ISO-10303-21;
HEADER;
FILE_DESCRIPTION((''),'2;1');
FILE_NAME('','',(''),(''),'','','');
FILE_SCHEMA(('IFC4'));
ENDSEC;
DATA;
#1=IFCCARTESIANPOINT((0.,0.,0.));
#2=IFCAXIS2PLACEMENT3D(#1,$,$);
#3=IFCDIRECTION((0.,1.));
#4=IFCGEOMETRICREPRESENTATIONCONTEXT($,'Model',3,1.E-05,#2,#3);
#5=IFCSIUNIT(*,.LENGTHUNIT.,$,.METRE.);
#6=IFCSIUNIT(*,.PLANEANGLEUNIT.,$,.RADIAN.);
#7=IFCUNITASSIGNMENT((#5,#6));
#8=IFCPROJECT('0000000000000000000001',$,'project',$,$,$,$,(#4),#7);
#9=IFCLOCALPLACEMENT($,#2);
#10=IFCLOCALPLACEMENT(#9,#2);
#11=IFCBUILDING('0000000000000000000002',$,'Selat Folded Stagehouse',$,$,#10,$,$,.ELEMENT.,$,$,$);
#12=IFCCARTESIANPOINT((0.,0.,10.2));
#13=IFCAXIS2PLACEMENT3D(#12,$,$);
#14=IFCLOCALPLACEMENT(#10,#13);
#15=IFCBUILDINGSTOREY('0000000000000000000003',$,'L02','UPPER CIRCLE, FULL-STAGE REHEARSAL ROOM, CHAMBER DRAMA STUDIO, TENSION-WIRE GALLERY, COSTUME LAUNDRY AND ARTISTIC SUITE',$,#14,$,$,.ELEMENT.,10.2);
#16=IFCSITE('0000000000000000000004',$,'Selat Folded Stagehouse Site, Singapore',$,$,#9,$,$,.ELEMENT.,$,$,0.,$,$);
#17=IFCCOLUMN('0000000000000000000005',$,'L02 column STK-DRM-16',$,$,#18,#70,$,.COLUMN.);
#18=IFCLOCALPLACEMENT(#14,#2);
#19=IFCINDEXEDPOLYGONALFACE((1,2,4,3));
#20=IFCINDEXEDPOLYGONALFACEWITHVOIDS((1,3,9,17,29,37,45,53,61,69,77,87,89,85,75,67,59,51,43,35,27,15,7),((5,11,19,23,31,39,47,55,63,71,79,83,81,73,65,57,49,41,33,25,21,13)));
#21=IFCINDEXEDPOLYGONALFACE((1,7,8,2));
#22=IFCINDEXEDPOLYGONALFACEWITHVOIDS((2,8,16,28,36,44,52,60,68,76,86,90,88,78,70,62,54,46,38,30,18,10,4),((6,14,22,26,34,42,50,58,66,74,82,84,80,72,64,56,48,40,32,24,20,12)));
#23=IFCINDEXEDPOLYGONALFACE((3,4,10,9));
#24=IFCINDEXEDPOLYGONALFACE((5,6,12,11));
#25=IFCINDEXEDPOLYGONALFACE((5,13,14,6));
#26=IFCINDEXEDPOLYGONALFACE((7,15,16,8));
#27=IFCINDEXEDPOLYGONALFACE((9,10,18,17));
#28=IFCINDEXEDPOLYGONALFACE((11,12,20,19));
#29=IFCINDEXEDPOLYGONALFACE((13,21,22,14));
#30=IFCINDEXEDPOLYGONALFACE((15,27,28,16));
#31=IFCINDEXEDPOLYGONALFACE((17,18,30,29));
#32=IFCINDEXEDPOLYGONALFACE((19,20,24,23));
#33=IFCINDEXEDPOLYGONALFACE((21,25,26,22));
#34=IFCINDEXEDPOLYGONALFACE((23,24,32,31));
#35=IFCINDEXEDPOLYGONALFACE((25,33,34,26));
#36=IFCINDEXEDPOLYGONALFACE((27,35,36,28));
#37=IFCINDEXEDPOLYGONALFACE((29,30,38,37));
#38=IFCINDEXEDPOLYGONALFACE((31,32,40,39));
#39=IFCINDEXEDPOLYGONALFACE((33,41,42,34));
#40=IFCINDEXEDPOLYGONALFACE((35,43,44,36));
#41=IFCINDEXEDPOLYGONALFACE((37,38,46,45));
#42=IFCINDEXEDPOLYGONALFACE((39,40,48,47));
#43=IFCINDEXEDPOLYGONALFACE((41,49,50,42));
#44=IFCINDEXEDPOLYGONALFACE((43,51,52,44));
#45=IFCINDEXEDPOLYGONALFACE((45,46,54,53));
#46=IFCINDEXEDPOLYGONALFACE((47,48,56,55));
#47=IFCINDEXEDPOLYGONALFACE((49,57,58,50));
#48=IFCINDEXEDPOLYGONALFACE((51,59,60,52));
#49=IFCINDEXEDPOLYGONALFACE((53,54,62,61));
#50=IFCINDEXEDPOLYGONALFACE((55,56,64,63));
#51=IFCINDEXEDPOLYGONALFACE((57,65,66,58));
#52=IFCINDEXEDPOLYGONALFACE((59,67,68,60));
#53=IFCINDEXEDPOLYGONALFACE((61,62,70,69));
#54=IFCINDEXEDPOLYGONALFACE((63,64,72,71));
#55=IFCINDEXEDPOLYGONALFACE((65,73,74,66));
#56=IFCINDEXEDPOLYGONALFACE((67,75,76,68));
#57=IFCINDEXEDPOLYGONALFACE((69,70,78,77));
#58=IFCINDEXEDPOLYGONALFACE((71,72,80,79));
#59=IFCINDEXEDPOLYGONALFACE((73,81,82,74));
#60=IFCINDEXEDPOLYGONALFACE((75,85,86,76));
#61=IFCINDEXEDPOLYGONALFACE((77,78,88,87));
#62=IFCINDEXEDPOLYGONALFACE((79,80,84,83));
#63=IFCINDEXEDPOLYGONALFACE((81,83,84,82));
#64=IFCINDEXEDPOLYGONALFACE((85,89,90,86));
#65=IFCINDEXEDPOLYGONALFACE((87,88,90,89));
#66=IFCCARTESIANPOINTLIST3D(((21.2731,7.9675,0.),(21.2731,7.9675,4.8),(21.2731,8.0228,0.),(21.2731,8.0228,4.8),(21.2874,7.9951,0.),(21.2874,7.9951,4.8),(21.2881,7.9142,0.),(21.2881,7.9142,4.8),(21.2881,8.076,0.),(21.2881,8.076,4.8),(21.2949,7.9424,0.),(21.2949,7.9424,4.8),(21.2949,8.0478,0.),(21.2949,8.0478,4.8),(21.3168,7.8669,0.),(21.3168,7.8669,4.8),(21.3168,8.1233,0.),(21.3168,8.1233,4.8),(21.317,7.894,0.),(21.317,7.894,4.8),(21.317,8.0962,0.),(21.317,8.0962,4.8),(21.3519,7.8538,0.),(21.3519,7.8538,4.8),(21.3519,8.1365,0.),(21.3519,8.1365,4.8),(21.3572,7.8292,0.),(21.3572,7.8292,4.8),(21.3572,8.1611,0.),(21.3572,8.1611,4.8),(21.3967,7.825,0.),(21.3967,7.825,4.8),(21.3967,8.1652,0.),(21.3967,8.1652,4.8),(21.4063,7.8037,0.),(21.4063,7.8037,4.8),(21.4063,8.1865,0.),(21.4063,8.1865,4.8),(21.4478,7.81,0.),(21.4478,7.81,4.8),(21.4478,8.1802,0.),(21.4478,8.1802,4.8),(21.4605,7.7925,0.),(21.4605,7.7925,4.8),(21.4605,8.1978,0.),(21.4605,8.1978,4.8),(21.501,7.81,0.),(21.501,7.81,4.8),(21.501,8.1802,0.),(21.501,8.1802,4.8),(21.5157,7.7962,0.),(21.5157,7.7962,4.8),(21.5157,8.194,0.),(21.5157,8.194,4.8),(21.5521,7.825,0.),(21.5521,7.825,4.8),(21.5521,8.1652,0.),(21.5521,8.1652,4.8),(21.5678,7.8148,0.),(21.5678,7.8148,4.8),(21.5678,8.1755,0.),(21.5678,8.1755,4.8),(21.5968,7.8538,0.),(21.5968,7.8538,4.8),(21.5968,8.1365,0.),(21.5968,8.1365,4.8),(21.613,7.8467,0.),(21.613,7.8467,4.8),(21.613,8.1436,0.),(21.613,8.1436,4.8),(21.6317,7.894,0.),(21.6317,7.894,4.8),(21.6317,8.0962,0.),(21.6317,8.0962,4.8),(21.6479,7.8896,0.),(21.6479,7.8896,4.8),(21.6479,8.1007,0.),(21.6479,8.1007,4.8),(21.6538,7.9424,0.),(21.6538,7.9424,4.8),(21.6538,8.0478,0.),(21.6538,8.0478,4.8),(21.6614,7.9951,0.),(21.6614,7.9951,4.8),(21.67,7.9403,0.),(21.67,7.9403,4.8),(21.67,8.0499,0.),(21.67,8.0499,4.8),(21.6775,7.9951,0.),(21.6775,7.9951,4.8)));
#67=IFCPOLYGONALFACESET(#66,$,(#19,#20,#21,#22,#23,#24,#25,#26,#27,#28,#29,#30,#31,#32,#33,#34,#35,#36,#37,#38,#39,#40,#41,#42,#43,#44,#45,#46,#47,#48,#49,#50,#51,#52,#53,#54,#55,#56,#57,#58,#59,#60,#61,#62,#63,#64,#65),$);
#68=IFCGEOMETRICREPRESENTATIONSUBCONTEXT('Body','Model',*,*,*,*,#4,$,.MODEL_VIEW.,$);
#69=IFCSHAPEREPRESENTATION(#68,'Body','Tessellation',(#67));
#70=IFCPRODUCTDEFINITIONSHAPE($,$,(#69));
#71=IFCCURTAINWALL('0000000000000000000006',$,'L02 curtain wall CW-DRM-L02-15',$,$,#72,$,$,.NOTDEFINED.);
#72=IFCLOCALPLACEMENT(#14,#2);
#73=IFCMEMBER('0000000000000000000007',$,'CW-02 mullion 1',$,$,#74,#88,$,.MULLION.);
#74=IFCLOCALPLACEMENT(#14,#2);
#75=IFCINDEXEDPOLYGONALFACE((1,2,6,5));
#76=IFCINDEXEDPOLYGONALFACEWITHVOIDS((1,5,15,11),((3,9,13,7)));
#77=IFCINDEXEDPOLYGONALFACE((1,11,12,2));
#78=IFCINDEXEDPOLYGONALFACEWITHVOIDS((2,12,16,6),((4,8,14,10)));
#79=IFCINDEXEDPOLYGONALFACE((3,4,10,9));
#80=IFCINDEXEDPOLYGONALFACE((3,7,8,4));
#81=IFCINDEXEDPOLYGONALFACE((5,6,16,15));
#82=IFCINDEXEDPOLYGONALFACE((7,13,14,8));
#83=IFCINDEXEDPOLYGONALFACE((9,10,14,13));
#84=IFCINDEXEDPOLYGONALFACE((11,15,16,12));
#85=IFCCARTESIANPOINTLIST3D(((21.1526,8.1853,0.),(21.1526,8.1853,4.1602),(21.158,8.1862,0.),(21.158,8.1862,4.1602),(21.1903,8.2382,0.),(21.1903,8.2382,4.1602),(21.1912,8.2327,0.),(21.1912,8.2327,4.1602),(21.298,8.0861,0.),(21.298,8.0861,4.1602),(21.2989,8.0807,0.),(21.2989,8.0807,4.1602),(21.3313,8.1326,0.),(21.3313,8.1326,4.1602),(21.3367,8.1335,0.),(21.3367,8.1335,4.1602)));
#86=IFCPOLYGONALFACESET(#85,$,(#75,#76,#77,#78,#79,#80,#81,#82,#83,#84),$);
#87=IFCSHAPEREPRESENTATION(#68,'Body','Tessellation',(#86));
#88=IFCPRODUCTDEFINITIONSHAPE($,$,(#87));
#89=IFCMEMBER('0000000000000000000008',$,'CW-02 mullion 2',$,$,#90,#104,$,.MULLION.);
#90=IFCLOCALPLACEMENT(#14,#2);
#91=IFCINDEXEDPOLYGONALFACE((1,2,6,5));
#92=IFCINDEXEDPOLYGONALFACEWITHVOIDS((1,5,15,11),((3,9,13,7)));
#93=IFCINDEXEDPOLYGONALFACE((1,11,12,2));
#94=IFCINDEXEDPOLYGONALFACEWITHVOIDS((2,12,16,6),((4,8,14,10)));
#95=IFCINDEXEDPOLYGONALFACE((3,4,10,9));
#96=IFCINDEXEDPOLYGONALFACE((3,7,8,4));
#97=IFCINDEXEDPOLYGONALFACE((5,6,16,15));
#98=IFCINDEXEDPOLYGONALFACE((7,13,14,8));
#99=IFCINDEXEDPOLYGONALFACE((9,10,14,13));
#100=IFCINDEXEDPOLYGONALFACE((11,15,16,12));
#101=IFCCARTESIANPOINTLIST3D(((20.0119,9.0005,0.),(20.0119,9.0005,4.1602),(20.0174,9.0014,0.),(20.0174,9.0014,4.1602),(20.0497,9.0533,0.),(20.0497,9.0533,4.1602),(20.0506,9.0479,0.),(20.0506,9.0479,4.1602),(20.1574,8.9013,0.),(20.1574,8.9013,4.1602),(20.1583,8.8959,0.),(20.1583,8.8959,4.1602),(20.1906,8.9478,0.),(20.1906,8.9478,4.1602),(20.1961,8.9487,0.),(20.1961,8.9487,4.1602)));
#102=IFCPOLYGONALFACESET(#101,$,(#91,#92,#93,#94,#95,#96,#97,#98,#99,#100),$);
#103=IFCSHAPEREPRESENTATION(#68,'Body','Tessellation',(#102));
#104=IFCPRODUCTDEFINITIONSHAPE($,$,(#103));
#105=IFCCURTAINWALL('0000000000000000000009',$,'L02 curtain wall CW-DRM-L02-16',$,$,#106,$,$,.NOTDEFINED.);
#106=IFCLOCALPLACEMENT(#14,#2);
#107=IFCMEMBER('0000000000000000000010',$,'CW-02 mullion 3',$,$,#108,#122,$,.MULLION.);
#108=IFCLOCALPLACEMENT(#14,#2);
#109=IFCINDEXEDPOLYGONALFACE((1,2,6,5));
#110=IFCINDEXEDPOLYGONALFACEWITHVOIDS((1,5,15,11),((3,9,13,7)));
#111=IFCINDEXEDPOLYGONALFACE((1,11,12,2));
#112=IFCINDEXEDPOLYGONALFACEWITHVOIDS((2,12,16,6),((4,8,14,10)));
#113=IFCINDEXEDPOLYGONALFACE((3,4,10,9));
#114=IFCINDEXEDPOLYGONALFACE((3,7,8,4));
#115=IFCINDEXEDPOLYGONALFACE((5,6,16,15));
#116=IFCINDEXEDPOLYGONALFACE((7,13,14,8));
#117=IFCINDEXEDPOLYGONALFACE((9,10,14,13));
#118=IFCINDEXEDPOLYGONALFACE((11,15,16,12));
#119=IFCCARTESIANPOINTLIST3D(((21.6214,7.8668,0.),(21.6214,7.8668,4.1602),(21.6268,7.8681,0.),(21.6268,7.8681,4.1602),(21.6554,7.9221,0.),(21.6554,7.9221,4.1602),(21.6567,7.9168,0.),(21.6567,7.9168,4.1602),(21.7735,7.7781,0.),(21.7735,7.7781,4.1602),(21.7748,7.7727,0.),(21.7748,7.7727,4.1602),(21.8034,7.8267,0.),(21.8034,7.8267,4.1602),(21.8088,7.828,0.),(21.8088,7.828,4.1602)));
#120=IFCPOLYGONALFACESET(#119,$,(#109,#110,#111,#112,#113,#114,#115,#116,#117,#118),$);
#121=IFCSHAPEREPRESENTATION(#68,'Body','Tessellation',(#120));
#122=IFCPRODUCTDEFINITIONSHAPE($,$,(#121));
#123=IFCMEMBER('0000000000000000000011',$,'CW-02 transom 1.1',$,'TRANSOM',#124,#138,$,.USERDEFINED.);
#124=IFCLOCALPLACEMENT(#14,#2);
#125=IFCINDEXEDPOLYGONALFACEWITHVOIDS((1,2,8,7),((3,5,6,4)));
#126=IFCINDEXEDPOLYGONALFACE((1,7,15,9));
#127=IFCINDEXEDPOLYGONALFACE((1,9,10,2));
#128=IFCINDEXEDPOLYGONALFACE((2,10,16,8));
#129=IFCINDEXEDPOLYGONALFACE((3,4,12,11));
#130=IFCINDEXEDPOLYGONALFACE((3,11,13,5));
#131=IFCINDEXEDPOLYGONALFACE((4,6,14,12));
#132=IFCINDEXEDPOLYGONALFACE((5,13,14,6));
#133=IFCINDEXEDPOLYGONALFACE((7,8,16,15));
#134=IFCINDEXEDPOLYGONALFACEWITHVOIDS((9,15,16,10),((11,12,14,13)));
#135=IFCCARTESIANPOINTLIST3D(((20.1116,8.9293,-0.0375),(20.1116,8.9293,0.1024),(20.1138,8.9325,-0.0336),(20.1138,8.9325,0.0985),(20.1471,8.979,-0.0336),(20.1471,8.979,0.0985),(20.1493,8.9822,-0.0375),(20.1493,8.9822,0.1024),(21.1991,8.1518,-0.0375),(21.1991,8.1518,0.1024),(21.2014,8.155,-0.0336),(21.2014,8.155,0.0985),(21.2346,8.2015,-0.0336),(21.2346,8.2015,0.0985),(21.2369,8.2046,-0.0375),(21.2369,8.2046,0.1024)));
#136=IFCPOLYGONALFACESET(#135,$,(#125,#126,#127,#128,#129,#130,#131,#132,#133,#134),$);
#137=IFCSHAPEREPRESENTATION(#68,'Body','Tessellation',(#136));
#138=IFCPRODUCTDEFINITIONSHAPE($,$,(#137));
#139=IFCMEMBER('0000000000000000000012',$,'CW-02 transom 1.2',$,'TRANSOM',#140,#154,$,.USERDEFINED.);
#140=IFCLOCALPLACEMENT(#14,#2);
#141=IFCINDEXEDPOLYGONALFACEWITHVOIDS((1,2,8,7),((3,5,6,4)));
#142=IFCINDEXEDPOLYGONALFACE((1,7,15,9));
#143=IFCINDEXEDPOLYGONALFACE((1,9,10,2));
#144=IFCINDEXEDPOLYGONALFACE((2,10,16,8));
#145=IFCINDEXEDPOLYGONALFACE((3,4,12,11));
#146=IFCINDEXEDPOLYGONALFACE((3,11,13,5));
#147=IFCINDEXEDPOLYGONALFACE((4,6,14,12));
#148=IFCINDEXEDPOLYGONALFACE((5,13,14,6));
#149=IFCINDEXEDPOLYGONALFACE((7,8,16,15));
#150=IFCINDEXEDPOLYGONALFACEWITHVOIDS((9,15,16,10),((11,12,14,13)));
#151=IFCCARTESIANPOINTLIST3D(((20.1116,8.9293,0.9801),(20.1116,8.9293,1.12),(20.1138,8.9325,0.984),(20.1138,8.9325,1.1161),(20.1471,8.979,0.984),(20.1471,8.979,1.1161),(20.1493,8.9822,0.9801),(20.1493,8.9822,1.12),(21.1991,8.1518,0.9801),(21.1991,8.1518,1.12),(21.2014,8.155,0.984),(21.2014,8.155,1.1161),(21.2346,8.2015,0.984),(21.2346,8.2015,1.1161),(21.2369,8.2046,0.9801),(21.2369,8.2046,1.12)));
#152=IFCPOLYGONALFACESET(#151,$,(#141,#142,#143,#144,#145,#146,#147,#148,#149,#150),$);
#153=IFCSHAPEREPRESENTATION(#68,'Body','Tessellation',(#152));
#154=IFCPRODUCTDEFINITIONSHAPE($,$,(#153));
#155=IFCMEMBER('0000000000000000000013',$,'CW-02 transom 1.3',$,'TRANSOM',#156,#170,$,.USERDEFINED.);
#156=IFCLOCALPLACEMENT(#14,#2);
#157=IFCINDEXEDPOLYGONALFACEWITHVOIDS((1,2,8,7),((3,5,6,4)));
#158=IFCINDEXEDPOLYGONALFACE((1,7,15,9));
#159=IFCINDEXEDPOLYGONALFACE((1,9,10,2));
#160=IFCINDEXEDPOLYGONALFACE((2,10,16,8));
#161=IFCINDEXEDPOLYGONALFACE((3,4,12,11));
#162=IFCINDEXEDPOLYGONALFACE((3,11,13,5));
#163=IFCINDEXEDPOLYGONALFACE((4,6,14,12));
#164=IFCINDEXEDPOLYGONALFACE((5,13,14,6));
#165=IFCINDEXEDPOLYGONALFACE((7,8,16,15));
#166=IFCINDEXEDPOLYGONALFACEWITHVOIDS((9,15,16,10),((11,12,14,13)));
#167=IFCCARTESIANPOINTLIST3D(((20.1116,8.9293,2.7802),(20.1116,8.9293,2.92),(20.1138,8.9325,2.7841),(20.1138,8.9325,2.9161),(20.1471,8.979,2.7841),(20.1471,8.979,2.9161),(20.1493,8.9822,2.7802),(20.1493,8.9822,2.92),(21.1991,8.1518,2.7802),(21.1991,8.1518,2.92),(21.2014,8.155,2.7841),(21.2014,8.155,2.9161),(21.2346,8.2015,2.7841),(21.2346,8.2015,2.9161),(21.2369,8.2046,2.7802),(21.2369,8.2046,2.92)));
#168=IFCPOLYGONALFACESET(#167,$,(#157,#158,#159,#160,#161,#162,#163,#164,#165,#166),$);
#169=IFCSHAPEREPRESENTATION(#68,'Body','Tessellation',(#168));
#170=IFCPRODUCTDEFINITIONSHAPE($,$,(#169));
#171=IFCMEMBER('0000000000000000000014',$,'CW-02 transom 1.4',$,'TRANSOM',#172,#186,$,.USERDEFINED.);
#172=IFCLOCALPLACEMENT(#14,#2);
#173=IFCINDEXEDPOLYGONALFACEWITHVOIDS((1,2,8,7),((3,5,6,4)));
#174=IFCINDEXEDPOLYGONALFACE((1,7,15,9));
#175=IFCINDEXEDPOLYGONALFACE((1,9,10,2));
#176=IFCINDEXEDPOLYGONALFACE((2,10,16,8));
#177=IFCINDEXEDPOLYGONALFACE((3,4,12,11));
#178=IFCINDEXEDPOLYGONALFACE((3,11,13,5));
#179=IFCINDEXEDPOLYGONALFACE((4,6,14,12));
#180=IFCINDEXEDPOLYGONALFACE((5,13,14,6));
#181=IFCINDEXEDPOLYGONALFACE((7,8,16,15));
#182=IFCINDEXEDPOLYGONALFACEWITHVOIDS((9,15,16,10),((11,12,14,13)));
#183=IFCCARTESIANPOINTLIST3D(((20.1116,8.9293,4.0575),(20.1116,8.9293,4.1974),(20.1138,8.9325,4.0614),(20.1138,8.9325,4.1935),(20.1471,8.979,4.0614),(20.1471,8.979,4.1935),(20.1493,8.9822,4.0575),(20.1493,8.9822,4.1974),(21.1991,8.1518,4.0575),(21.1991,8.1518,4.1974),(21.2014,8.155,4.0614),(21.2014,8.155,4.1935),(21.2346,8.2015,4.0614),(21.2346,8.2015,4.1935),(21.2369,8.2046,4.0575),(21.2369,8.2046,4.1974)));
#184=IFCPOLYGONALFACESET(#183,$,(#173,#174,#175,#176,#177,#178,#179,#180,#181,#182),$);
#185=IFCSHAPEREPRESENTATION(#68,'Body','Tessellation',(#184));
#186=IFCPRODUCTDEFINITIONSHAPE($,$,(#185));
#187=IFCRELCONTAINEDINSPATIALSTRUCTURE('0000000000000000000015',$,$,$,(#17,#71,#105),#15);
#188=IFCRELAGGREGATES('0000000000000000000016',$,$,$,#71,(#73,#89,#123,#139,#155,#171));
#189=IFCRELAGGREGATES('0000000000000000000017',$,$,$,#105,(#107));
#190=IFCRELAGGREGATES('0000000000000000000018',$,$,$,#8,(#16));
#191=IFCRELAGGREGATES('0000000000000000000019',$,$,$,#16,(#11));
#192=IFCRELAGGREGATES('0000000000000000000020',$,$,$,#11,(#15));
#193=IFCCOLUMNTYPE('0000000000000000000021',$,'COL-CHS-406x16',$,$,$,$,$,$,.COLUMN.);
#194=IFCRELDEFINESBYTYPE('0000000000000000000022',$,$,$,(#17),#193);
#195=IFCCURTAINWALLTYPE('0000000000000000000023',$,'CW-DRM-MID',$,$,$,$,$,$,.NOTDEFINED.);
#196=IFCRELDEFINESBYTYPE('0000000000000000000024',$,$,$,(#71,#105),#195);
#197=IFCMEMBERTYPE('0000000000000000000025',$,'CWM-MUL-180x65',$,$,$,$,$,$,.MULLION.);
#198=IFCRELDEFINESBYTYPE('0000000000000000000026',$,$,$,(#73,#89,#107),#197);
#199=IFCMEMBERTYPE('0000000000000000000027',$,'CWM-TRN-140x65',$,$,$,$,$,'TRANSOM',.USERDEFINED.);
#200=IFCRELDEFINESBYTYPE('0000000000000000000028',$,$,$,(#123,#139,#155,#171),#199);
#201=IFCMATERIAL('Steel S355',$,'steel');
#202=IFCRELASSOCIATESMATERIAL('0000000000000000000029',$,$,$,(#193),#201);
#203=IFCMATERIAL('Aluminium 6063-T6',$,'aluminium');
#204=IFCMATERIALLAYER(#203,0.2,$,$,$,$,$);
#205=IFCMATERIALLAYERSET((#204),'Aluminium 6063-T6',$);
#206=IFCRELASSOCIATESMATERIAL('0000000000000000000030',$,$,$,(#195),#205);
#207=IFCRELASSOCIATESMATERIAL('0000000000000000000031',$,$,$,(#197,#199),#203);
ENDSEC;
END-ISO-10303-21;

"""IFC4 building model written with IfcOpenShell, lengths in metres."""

from ifc_helpers import new_model, si_unit, direction, frame, origin, origin_2d, place, context, subcontext, project, spatial, hollow_rectangle, hollow_circle, extrude, material, layer, layer_set, material_profile, profile_set, type_object, element, aggregate, save


model = new_model("IFC4")

# Units and contexts
model_context = context("Model", 3, precision=1e-05, world=origin(), true_north=direction((0.0, 1.0)))
body_context = subcontext(model_context, "Body", "Model", "MODEL_VIEW")
ifc_project = project(units=[si_unit("LENGTHUNIT", "METRE"), si_unit("PLANEANGLEUNIT", "RADIAN")], contexts=[model_context])

# Site, building, storey
site_placement = place(None, origin())
site = spatial("IfcSite", under=ifc_project, at=site_placement, Name="Selat Folded Stagehouse Site, Singapore", CompositionType="ELEMENT", RefElevation=0.0)
building_placement = place(site_placement, origin())
building = spatial("IfcBuilding", under=site, at=building_placement, Name="Selat Folded Stagehouse", CompositionType="ELEMENT")
storey_placement = place(building_placement, frame((0.0, 0.0, 10.2)))
storey = spatial("IfcBuildingStorey", under=building, at=storey_placement, Name="L02", Description="UPPER CIRCLE, FULL-STAGE REHEARSAL ROOM, CHAMBER DRAMA STUDIO, TENSION-WIRE GALLERY, COSTUME LAUNDRY AND ARTISTIC SUITE", CompositionType="ELEMENT", Elevation=10.2)

# Column
ifc_material_1 = material(Name="Steel S355", Category="steel")
ifc_material_profile_1 = material_profile(ifc_material_1, hollow_circle(Radius=0.2031, WallThickness=0.0161, at=origin_2d()), Name="CHS 406.4x16.0")
ifc_profile_set_1 = profile_set([ifc_material_profile_1], Name="Steel S355")
column_type = type_object("IfcColumnType", Name="COL-CHS-406x16", PredefinedType="COLUMN", material=ifc_profile_set_1)
column_placement = place(storey_placement, frame((21.4744, 7.9951, 0.0), z_axis=(0.0, 0.0, 1.0), x_axis=(1.0, 0.0, 0.0)))
element("IfcColumn", 1, at=column_placement, inside=storey, type_object=column_type, Name="L02 column STK-DRM-16", PredefinedType="COLUMN", context=body_context, shape_type="SweptSolid", body=[
    extrude(hollow_circle(Radius=0.2031, WallThickness=0.0161, at=origin_2d()), origin(), (0.0, 0.0, 1.0), 4.8),
])

# Curtain wall, members
ifc_material_2 = material(Name="Aluminium 6063-T6", Category="aluminium")
ifc_layer_1 = layer(ifc_material_2, 0.2)
ifc_layer_set_1 = layer_set([ifc_layer_1], Name="Aluminium 6063-T6")
curtain_wall_type = type_object("IfcCurtainWallType", Name="CW-DRM-MID", PredefinedType="NOTDEFINED", material=ifc_layer_set_1)
curtain_wall_1_placement = place(storey_placement, origin())
curtain_wall_1 = element("IfcCurtainWall", 2, at=curtain_wall_1_placement, inside=storey, type_object=curtain_wall_type, Name="L02 curtain wall CW-DRM-L02-15", PredefinedType="NOTDEFINED")
ifc_material_profile_2 = material_profile(ifc_material_2, hollow_rectangle(XDim=0.0649, YDim=0.1799, WallThickness=0.0039, at=origin_2d()), Name="ALU 180x65x4.0")
ifc_profile_set_2 = profile_set([ifc_material_profile_2], Name="Aluminium 6063-T6")
member_type_1 = type_object("IfcMemberType", Name="CWM-MUL-180x65", PredefinedType="MULLION", material=ifc_profile_set_2)
member_1_placement = place(storey_placement, frame((21.2446, 8.1594, 0.0), z_axis=(0.0, 0.0, 1.0), x_axis=(-0.581528, -0.813526, 0.0)))
member_1 = element("IfcMember", 3, at=member_1_placement, type_object=member_type_1, Name="CW-02 mullion 1", PredefinedType="MULLION", context=body_context, shape_type="SweptSolid", body=[
    extrude(hollow_rectangle(XDim=0.0649, YDim=0.1799, WallThickness=0.0039, at=origin_2d()), origin(), (0.0, 0.0, 1.0), 4.1602),
])
member_2_placement = place(storey_placement, frame((20.104, 8.9746, 0.0), z_axis=(0.0, 0.0, 1.0), x_axis=(-0.581528, -0.813526, 0.0)))
member_2 = element("IfcMember", 4, at=member_2_placement, type_object=member_type_1, Name="CW-02 mullion 2", PredefinedType="MULLION", context=body_context, shape_type="SweptSolid", body=[
    extrude(hollow_rectangle(XDim=0.0649, YDim=0.1799, WallThickness=0.0039, at=origin_2d()), origin(), (0.0, 0.0, 1.0), 4.1602),
])

# Curtain wall, member
curtain_wall_2_placement = place(storey_placement, origin())
curtain_wall_2 = element("IfcCurtainWall", 5, at=curtain_wall_2_placement, inside=storey, type_object=curtain_wall_type, Name="L02 curtain wall CW-DRM-L02-16", PredefinedType="NOTDEFINED")
member_3_placement = place(storey_placement, frame((21.7151, 7.8474, 0.0), z_axis=(0.0, 0.0, 1.0), x_axis=(-0.523025, -0.852317, 0.0)))
member_3 = element("IfcMember", 6, at=member_3_placement, type_object=member_type_1, Name="CW-02 mullion 3", PredefinedType="MULLION", context=body_context, shape_type="SweptSolid", body=[
    extrude(hollow_rectangle(XDim=0.0649, YDim=0.1799, WallThickness=0.0039, at=origin_2d()), origin(), (0.0, 0.0, 1.0), 4.1602),
])

# Members
ifc_material_profile_3 = material_profile(ifc_material_2, hollow_rectangle(XDim=0.0649, YDim=0.1399, WallThickness=0.0039, at=origin_2d()), Name="ALU 140x65x4.0")
ifc_profile_set_3 = profile_set([ifc_material_profile_3], Name="Aluminium 6063-T6")
member_type_2 = type_object("IfcMemberType", Name="CWM-TRN-140x65", ElementType="TRANSOM", PredefinedType="USERDEFINED", material=ifc_profile_set_3)
member_4_placement = place(storey_placement, frame((21.218, 8.1782, 0.0325), z_axis=(-0.813487, 0.581584, 0.0), x_axis=(-0.581584, -0.813487, 0.0)))
member_4 = element("IfcMember", 7, at=member_4_placement, type_object=member_type_2, Name="CW-02 transom 1.1", ObjectType="TRANSOM", PredefinedType="USERDEFINED", context=body_context, shape_type="SweptSolid", body=[
    extrude(hollow_rectangle(XDim=0.0649, YDim=0.1399, WallThickness=0.0039, at=origin_2d()), origin(), (0.0, 0.0, 1.0), 1.3369),
])
member_5_placement = place(storey_placement, frame((21.218, 8.1782, 1.05), z_axis=(-0.813487, 0.581584, 0.0), x_axis=(-0.581584, -0.813487, 0.0)))
member_5 = element("IfcMember", 8, at=member_5_placement, type_object=member_type_2, Name="CW-02 transom 1.2", ObjectType="TRANSOM", PredefinedType="USERDEFINED", context=body_context, shape_type="SweptSolid", body=[
    extrude(hollow_rectangle(XDim=0.0649, YDim=0.1399, WallThickness=0.0039, at=origin_2d()), origin(), (0.0, 0.0, 1.0), 1.3369),
])
member_6_placement = place(storey_placement, frame((21.218, 8.1782, 2.8501), z_axis=(-0.813487, 0.581584, 0.0), x_axis=(-0.581584, -0.813487, 0.0)))
member_6 = element("IfcMember", 9, at=member_6_placement, type_object=member_type_2, Name="CW-02 transom 1.3", ObjectType="TRANSOM", PredefinedType="USERDEFINED", context=body_context, shape_type="SweptSolid", body=[
    extrude(hollow_rectangle(XDim=0.0649, YDim=0.1399, WallThickness=0.0039, at=origin_2d()), origin(), (0.0, 0.0, 1.0), 1.3369),
])
member_7_placement = place(storey_placement, frame((21.218, 8.1782, 4.1274), z_axis=(-0.813487, 0.581584, 0.0), x_axis=(-0.581584, -0.813487, 0.0)))
member_7 = element("IfcMember", 10, at=member_7_placement, type_object=member_type_2, Name="CW-02 transom 1.4", ObjectType="TRANSOM", PredefinedType="USERDEFINED", context=body_context, shape_type="SweptSolid", body=[
    extrude(hollow_rectangle(XDim=0.0649, YDim=0.1399, WallThickness=0.0039, at=origin_2d()), origin(), (0.0, 0.0, 1.0), 1.3369),
])

aggregate(curtain_wall_1, [member_1, member_2, member_4, member_5, member_6, member_7])
aggregate(curtain_wall_2, [member_3])

save(model, "model.ifc")
